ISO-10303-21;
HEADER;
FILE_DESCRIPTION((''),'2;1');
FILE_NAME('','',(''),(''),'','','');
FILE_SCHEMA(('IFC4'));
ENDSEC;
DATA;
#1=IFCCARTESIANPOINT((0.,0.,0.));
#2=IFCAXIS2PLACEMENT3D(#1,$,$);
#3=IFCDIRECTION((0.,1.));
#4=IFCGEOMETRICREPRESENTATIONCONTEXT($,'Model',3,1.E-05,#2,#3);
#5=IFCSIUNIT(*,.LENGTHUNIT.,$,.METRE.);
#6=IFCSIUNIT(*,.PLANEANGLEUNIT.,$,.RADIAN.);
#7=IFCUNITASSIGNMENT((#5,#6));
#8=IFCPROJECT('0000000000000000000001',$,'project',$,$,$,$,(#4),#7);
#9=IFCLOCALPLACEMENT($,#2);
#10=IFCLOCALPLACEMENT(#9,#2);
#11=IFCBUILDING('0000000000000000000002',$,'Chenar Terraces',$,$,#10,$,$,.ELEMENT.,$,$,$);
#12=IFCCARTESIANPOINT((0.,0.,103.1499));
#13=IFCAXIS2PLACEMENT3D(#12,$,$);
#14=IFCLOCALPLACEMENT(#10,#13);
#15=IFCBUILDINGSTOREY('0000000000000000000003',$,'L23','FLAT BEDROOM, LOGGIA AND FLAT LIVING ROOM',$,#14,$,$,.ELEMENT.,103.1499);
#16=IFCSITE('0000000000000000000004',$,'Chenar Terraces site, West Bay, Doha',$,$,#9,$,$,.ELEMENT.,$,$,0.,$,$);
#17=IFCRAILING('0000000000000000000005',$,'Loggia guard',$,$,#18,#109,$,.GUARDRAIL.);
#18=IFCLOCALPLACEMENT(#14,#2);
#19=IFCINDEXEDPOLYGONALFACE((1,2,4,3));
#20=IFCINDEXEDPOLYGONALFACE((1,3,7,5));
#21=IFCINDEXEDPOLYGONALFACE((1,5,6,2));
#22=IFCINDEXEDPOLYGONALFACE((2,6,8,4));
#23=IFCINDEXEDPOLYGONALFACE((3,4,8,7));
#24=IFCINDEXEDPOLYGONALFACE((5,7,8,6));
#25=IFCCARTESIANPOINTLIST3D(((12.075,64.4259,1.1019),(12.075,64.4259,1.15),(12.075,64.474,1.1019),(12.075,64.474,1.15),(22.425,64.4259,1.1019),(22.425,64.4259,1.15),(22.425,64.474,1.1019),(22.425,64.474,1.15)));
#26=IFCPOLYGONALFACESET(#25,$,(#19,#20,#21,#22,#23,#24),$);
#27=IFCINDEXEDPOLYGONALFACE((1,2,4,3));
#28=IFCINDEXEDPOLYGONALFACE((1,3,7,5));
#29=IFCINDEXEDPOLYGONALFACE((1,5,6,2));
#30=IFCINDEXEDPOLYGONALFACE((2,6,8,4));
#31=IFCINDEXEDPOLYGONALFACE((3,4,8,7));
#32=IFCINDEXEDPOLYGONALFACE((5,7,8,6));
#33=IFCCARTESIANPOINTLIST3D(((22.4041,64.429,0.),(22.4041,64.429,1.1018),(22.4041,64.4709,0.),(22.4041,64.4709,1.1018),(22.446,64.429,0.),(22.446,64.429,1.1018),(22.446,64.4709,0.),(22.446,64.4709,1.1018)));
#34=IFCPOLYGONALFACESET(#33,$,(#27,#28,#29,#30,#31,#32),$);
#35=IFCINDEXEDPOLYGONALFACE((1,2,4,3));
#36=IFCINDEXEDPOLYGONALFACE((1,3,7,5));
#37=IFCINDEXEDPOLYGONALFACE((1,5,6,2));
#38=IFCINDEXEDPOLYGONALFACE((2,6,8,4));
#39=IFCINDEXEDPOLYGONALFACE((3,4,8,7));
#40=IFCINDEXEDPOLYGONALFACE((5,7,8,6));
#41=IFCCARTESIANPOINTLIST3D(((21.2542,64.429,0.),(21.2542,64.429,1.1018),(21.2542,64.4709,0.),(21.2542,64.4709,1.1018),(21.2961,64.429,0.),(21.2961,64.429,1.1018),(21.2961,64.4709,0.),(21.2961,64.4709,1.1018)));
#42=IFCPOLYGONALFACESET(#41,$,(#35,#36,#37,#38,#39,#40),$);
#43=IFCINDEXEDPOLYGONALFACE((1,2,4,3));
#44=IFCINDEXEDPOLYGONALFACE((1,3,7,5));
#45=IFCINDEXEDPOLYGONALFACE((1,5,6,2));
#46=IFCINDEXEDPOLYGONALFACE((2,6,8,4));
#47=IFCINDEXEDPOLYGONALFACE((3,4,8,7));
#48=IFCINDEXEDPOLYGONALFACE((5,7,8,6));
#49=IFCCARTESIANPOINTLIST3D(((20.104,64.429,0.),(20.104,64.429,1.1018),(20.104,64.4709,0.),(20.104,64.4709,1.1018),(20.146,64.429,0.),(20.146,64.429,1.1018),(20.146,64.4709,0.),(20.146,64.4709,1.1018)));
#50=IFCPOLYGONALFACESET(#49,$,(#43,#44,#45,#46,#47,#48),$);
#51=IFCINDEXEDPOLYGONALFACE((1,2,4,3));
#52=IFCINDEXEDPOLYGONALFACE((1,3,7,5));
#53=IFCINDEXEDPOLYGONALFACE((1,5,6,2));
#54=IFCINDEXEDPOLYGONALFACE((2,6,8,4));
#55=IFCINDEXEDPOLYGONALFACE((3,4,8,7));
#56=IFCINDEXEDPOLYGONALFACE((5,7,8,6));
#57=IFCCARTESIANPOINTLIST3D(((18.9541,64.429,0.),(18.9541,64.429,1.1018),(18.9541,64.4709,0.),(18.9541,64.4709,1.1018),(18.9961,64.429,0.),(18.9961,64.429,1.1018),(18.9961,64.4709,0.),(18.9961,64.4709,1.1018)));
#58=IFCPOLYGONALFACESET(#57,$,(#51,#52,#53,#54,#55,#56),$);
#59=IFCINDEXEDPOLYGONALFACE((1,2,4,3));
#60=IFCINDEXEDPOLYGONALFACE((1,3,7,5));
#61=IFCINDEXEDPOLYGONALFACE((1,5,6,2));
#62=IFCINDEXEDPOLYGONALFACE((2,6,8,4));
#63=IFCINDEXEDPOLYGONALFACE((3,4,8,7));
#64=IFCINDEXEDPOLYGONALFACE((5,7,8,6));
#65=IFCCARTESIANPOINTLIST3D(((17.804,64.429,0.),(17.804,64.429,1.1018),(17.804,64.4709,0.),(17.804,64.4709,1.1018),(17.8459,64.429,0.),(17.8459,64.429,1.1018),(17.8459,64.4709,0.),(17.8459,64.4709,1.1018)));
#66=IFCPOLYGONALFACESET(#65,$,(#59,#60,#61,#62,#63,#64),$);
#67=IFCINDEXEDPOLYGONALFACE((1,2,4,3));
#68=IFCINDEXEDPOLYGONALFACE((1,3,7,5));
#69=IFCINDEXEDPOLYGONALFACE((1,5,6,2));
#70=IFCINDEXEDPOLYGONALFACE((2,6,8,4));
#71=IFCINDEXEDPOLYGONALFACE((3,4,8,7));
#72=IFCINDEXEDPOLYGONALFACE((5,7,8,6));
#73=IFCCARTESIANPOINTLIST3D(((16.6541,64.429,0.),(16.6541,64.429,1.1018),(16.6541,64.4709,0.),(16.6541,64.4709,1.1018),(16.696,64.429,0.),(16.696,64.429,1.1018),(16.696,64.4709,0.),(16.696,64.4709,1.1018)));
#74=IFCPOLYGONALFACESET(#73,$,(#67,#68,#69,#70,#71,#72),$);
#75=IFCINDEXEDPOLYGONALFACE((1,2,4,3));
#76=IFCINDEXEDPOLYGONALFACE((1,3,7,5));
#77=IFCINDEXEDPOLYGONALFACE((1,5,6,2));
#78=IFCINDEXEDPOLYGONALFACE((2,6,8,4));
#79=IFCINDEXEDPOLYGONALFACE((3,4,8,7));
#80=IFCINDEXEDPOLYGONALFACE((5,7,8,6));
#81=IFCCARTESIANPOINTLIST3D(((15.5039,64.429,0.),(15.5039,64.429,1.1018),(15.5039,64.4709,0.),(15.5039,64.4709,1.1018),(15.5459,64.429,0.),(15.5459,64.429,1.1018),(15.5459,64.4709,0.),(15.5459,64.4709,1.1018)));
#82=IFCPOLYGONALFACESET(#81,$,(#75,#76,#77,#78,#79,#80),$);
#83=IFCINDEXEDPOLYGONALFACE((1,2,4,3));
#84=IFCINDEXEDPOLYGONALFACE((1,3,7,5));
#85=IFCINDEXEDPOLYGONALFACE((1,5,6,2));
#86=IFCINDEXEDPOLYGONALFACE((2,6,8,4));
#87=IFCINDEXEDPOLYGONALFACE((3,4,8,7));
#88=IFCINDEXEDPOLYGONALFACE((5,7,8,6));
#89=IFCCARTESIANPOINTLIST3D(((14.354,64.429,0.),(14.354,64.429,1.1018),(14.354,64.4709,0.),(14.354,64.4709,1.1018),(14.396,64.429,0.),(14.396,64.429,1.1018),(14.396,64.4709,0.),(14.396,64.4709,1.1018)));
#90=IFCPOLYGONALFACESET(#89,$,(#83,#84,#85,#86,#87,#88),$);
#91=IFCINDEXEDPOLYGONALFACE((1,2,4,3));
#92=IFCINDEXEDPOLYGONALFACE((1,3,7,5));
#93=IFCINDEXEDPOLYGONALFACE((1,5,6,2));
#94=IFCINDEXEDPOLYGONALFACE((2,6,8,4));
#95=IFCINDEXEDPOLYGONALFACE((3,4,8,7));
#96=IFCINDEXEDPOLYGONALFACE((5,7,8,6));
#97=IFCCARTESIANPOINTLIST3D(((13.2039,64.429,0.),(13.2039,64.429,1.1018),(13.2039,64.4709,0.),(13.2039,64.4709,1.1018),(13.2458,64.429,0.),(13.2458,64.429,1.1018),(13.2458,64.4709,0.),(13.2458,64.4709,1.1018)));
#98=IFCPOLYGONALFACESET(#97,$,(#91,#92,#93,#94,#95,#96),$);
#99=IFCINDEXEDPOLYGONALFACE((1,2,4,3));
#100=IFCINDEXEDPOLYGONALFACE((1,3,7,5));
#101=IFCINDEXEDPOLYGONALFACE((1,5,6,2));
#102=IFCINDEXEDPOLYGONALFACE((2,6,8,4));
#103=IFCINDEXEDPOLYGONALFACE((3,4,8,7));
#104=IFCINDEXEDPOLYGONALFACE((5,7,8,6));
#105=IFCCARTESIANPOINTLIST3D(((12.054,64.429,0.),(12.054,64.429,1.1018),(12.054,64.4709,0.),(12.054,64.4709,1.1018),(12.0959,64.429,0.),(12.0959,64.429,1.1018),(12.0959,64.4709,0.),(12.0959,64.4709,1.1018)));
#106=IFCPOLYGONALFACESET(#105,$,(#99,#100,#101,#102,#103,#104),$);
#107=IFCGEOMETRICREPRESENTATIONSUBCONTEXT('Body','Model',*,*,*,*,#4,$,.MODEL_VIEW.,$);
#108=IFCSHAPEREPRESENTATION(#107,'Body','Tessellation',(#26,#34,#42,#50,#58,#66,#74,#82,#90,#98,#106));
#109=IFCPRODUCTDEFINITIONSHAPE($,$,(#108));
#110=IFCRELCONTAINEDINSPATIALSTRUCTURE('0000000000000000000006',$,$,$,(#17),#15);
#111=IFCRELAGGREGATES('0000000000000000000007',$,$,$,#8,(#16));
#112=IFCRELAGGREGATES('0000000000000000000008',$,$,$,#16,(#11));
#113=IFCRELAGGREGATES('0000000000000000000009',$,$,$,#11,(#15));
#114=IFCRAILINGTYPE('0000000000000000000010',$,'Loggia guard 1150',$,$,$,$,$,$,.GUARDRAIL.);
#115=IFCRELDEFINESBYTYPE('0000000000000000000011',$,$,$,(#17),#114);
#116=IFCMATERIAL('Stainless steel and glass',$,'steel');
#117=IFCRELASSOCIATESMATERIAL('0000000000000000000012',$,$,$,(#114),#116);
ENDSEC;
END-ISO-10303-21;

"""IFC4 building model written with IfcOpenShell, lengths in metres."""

from ifc_helpers import new_model, si_unit, direction, frame, origin, origin_2d, place, context, subcontext, project, spatial, rectangle, extrude, material, type_object, element, save


model = new_model("IFC4")

# Units and contexts
model_context = context("Model", 3, precision=1e-05, world=origin(), true_north=direction((0.0, 1.0)))
body_context = subcontext(model_context, "Body", "Model", "MODEL_VIEW")
ifc_project = project(units=[si_unit("LENGTHUNIT", "METRE"), si_unit("PLANEANGLEUNIT", "RADIAN")], contexts=[model_context])

# Site, building, storey
site_placement = place(None, origin())
site = spatial("IfcSite", under=ifc_project, at=site_placement, Name="Chenar Terraces site, West Bay, Doha", CompositionType="ELEMENT", RefElevation=0.0)
building_placement = place(site_placement, origin())
building = spatial("IfcBuilding", under=site, at=building_placement, Name="Chenar Terraces", CompositionType="ELEMENT")
storey_placement = place(building_placement, frame((0.0, 0.0, 103.1499)))
storey = spatial("IfcBuildingStorey", under=building, at=storey_placement, Name="L23", Description="FLAT BEDROOM, LOGGIA AND FLAT LIVING ROOM", CompositionType="ELEMENT", Elevation=103.1499)

# Railing
ifc_material_1 = material(Name="Stainless steel and glass", Category="steel")
railing_type_1 = type_object("IfcRailingType", Name="Loggia guard 1150", PredefinedType="GUARDRAIL", material=ifc_material_1)
railing_1_placement = place(storey_placement, frame((22.425, 64.45, 0.0)))
element("IfcRailing", 1, at=railing_1_placement, inside=storey, type_object=railing_type_1, Name="Loggia guard", PredefinedType="GUARDRAIL", context=body_context, shape_type="SweptSolid", body=[
    extrude(rectangle(XDim=0.0481, YDim=0.0481, at=origin_2d()), frame((0.0, 0.0, 1.126), z_axis=(-1.0, 0.0, 0.0), x_axis=(0.0, -1.0, 0.0)), (0.0, 0.0, 1.0), 10.3501),
    extrude(rectangle(XDim=0.042, YDim=0.042, at=origin_2d()), origin(), (0.0, 0.0, 1.0), 1.1018),
    extrude(rectangle(XDim=0.042, YDim=0.042, at=origin_2d()), frame((-1.1499, 0.0, 0.0)), (0.0, 0.0, 1.0), 1.1018),
    extrude(rectangle(XDim=0.042, YDim=0.042, at=origin_2d()), frame((-2.3, 0.0, 0.0)), (0.0, 0.0, 1.0), 1.1018),
    extrude(rectangle(XDim=0.042, YDim=0.042, at=origin_2d()), frame((-3.45, 0.0, 0.0)), (0.0, 0.0, 1.0), 1.1018),
    extrude(rectangle(XDim=0.042, YDim=0.042, at=origin_2d()), frame((-4.6001, 0.0, 0.0)), (0.0, 0.0, 1.0), 1.1018),
    extrude(rectangle(XDim=0.042, YDim=0.042, at=origin_2d()), frame((-5.75, 0.0, 0.0)), (0.0, 0.0, 1.0), 1.1018),
    extrude(rectangle(XDim=0.042, YDim=0.042, at=origin_2d()), frame((-6.9001, 0.0, 0.0)), (0.0, 0.0, 1.0), 1.1018),
    extrude(rectangle(XDim=0.042, YDim=0.042, at=origin_2d()), frame((-8.05, 0.0, 0.0)), (0.0, 0.0, 1.0), 1.1018),
    extrude(rectangle(XDim=0.042, YDim=0.042, at=origin_2d()), frame((-9.2002, 0.0, 0.0)), (0.0, 0.0, 1.0), 1.1018),
    extrude(rectangle(XDim=0.042, YDim=0.042, at=origin_2d()), frame((-10.3501, 0.0, 0.0)), (0.0, 0.0, 1.0), 1.1018),
])

save(model, "model.ifc")
